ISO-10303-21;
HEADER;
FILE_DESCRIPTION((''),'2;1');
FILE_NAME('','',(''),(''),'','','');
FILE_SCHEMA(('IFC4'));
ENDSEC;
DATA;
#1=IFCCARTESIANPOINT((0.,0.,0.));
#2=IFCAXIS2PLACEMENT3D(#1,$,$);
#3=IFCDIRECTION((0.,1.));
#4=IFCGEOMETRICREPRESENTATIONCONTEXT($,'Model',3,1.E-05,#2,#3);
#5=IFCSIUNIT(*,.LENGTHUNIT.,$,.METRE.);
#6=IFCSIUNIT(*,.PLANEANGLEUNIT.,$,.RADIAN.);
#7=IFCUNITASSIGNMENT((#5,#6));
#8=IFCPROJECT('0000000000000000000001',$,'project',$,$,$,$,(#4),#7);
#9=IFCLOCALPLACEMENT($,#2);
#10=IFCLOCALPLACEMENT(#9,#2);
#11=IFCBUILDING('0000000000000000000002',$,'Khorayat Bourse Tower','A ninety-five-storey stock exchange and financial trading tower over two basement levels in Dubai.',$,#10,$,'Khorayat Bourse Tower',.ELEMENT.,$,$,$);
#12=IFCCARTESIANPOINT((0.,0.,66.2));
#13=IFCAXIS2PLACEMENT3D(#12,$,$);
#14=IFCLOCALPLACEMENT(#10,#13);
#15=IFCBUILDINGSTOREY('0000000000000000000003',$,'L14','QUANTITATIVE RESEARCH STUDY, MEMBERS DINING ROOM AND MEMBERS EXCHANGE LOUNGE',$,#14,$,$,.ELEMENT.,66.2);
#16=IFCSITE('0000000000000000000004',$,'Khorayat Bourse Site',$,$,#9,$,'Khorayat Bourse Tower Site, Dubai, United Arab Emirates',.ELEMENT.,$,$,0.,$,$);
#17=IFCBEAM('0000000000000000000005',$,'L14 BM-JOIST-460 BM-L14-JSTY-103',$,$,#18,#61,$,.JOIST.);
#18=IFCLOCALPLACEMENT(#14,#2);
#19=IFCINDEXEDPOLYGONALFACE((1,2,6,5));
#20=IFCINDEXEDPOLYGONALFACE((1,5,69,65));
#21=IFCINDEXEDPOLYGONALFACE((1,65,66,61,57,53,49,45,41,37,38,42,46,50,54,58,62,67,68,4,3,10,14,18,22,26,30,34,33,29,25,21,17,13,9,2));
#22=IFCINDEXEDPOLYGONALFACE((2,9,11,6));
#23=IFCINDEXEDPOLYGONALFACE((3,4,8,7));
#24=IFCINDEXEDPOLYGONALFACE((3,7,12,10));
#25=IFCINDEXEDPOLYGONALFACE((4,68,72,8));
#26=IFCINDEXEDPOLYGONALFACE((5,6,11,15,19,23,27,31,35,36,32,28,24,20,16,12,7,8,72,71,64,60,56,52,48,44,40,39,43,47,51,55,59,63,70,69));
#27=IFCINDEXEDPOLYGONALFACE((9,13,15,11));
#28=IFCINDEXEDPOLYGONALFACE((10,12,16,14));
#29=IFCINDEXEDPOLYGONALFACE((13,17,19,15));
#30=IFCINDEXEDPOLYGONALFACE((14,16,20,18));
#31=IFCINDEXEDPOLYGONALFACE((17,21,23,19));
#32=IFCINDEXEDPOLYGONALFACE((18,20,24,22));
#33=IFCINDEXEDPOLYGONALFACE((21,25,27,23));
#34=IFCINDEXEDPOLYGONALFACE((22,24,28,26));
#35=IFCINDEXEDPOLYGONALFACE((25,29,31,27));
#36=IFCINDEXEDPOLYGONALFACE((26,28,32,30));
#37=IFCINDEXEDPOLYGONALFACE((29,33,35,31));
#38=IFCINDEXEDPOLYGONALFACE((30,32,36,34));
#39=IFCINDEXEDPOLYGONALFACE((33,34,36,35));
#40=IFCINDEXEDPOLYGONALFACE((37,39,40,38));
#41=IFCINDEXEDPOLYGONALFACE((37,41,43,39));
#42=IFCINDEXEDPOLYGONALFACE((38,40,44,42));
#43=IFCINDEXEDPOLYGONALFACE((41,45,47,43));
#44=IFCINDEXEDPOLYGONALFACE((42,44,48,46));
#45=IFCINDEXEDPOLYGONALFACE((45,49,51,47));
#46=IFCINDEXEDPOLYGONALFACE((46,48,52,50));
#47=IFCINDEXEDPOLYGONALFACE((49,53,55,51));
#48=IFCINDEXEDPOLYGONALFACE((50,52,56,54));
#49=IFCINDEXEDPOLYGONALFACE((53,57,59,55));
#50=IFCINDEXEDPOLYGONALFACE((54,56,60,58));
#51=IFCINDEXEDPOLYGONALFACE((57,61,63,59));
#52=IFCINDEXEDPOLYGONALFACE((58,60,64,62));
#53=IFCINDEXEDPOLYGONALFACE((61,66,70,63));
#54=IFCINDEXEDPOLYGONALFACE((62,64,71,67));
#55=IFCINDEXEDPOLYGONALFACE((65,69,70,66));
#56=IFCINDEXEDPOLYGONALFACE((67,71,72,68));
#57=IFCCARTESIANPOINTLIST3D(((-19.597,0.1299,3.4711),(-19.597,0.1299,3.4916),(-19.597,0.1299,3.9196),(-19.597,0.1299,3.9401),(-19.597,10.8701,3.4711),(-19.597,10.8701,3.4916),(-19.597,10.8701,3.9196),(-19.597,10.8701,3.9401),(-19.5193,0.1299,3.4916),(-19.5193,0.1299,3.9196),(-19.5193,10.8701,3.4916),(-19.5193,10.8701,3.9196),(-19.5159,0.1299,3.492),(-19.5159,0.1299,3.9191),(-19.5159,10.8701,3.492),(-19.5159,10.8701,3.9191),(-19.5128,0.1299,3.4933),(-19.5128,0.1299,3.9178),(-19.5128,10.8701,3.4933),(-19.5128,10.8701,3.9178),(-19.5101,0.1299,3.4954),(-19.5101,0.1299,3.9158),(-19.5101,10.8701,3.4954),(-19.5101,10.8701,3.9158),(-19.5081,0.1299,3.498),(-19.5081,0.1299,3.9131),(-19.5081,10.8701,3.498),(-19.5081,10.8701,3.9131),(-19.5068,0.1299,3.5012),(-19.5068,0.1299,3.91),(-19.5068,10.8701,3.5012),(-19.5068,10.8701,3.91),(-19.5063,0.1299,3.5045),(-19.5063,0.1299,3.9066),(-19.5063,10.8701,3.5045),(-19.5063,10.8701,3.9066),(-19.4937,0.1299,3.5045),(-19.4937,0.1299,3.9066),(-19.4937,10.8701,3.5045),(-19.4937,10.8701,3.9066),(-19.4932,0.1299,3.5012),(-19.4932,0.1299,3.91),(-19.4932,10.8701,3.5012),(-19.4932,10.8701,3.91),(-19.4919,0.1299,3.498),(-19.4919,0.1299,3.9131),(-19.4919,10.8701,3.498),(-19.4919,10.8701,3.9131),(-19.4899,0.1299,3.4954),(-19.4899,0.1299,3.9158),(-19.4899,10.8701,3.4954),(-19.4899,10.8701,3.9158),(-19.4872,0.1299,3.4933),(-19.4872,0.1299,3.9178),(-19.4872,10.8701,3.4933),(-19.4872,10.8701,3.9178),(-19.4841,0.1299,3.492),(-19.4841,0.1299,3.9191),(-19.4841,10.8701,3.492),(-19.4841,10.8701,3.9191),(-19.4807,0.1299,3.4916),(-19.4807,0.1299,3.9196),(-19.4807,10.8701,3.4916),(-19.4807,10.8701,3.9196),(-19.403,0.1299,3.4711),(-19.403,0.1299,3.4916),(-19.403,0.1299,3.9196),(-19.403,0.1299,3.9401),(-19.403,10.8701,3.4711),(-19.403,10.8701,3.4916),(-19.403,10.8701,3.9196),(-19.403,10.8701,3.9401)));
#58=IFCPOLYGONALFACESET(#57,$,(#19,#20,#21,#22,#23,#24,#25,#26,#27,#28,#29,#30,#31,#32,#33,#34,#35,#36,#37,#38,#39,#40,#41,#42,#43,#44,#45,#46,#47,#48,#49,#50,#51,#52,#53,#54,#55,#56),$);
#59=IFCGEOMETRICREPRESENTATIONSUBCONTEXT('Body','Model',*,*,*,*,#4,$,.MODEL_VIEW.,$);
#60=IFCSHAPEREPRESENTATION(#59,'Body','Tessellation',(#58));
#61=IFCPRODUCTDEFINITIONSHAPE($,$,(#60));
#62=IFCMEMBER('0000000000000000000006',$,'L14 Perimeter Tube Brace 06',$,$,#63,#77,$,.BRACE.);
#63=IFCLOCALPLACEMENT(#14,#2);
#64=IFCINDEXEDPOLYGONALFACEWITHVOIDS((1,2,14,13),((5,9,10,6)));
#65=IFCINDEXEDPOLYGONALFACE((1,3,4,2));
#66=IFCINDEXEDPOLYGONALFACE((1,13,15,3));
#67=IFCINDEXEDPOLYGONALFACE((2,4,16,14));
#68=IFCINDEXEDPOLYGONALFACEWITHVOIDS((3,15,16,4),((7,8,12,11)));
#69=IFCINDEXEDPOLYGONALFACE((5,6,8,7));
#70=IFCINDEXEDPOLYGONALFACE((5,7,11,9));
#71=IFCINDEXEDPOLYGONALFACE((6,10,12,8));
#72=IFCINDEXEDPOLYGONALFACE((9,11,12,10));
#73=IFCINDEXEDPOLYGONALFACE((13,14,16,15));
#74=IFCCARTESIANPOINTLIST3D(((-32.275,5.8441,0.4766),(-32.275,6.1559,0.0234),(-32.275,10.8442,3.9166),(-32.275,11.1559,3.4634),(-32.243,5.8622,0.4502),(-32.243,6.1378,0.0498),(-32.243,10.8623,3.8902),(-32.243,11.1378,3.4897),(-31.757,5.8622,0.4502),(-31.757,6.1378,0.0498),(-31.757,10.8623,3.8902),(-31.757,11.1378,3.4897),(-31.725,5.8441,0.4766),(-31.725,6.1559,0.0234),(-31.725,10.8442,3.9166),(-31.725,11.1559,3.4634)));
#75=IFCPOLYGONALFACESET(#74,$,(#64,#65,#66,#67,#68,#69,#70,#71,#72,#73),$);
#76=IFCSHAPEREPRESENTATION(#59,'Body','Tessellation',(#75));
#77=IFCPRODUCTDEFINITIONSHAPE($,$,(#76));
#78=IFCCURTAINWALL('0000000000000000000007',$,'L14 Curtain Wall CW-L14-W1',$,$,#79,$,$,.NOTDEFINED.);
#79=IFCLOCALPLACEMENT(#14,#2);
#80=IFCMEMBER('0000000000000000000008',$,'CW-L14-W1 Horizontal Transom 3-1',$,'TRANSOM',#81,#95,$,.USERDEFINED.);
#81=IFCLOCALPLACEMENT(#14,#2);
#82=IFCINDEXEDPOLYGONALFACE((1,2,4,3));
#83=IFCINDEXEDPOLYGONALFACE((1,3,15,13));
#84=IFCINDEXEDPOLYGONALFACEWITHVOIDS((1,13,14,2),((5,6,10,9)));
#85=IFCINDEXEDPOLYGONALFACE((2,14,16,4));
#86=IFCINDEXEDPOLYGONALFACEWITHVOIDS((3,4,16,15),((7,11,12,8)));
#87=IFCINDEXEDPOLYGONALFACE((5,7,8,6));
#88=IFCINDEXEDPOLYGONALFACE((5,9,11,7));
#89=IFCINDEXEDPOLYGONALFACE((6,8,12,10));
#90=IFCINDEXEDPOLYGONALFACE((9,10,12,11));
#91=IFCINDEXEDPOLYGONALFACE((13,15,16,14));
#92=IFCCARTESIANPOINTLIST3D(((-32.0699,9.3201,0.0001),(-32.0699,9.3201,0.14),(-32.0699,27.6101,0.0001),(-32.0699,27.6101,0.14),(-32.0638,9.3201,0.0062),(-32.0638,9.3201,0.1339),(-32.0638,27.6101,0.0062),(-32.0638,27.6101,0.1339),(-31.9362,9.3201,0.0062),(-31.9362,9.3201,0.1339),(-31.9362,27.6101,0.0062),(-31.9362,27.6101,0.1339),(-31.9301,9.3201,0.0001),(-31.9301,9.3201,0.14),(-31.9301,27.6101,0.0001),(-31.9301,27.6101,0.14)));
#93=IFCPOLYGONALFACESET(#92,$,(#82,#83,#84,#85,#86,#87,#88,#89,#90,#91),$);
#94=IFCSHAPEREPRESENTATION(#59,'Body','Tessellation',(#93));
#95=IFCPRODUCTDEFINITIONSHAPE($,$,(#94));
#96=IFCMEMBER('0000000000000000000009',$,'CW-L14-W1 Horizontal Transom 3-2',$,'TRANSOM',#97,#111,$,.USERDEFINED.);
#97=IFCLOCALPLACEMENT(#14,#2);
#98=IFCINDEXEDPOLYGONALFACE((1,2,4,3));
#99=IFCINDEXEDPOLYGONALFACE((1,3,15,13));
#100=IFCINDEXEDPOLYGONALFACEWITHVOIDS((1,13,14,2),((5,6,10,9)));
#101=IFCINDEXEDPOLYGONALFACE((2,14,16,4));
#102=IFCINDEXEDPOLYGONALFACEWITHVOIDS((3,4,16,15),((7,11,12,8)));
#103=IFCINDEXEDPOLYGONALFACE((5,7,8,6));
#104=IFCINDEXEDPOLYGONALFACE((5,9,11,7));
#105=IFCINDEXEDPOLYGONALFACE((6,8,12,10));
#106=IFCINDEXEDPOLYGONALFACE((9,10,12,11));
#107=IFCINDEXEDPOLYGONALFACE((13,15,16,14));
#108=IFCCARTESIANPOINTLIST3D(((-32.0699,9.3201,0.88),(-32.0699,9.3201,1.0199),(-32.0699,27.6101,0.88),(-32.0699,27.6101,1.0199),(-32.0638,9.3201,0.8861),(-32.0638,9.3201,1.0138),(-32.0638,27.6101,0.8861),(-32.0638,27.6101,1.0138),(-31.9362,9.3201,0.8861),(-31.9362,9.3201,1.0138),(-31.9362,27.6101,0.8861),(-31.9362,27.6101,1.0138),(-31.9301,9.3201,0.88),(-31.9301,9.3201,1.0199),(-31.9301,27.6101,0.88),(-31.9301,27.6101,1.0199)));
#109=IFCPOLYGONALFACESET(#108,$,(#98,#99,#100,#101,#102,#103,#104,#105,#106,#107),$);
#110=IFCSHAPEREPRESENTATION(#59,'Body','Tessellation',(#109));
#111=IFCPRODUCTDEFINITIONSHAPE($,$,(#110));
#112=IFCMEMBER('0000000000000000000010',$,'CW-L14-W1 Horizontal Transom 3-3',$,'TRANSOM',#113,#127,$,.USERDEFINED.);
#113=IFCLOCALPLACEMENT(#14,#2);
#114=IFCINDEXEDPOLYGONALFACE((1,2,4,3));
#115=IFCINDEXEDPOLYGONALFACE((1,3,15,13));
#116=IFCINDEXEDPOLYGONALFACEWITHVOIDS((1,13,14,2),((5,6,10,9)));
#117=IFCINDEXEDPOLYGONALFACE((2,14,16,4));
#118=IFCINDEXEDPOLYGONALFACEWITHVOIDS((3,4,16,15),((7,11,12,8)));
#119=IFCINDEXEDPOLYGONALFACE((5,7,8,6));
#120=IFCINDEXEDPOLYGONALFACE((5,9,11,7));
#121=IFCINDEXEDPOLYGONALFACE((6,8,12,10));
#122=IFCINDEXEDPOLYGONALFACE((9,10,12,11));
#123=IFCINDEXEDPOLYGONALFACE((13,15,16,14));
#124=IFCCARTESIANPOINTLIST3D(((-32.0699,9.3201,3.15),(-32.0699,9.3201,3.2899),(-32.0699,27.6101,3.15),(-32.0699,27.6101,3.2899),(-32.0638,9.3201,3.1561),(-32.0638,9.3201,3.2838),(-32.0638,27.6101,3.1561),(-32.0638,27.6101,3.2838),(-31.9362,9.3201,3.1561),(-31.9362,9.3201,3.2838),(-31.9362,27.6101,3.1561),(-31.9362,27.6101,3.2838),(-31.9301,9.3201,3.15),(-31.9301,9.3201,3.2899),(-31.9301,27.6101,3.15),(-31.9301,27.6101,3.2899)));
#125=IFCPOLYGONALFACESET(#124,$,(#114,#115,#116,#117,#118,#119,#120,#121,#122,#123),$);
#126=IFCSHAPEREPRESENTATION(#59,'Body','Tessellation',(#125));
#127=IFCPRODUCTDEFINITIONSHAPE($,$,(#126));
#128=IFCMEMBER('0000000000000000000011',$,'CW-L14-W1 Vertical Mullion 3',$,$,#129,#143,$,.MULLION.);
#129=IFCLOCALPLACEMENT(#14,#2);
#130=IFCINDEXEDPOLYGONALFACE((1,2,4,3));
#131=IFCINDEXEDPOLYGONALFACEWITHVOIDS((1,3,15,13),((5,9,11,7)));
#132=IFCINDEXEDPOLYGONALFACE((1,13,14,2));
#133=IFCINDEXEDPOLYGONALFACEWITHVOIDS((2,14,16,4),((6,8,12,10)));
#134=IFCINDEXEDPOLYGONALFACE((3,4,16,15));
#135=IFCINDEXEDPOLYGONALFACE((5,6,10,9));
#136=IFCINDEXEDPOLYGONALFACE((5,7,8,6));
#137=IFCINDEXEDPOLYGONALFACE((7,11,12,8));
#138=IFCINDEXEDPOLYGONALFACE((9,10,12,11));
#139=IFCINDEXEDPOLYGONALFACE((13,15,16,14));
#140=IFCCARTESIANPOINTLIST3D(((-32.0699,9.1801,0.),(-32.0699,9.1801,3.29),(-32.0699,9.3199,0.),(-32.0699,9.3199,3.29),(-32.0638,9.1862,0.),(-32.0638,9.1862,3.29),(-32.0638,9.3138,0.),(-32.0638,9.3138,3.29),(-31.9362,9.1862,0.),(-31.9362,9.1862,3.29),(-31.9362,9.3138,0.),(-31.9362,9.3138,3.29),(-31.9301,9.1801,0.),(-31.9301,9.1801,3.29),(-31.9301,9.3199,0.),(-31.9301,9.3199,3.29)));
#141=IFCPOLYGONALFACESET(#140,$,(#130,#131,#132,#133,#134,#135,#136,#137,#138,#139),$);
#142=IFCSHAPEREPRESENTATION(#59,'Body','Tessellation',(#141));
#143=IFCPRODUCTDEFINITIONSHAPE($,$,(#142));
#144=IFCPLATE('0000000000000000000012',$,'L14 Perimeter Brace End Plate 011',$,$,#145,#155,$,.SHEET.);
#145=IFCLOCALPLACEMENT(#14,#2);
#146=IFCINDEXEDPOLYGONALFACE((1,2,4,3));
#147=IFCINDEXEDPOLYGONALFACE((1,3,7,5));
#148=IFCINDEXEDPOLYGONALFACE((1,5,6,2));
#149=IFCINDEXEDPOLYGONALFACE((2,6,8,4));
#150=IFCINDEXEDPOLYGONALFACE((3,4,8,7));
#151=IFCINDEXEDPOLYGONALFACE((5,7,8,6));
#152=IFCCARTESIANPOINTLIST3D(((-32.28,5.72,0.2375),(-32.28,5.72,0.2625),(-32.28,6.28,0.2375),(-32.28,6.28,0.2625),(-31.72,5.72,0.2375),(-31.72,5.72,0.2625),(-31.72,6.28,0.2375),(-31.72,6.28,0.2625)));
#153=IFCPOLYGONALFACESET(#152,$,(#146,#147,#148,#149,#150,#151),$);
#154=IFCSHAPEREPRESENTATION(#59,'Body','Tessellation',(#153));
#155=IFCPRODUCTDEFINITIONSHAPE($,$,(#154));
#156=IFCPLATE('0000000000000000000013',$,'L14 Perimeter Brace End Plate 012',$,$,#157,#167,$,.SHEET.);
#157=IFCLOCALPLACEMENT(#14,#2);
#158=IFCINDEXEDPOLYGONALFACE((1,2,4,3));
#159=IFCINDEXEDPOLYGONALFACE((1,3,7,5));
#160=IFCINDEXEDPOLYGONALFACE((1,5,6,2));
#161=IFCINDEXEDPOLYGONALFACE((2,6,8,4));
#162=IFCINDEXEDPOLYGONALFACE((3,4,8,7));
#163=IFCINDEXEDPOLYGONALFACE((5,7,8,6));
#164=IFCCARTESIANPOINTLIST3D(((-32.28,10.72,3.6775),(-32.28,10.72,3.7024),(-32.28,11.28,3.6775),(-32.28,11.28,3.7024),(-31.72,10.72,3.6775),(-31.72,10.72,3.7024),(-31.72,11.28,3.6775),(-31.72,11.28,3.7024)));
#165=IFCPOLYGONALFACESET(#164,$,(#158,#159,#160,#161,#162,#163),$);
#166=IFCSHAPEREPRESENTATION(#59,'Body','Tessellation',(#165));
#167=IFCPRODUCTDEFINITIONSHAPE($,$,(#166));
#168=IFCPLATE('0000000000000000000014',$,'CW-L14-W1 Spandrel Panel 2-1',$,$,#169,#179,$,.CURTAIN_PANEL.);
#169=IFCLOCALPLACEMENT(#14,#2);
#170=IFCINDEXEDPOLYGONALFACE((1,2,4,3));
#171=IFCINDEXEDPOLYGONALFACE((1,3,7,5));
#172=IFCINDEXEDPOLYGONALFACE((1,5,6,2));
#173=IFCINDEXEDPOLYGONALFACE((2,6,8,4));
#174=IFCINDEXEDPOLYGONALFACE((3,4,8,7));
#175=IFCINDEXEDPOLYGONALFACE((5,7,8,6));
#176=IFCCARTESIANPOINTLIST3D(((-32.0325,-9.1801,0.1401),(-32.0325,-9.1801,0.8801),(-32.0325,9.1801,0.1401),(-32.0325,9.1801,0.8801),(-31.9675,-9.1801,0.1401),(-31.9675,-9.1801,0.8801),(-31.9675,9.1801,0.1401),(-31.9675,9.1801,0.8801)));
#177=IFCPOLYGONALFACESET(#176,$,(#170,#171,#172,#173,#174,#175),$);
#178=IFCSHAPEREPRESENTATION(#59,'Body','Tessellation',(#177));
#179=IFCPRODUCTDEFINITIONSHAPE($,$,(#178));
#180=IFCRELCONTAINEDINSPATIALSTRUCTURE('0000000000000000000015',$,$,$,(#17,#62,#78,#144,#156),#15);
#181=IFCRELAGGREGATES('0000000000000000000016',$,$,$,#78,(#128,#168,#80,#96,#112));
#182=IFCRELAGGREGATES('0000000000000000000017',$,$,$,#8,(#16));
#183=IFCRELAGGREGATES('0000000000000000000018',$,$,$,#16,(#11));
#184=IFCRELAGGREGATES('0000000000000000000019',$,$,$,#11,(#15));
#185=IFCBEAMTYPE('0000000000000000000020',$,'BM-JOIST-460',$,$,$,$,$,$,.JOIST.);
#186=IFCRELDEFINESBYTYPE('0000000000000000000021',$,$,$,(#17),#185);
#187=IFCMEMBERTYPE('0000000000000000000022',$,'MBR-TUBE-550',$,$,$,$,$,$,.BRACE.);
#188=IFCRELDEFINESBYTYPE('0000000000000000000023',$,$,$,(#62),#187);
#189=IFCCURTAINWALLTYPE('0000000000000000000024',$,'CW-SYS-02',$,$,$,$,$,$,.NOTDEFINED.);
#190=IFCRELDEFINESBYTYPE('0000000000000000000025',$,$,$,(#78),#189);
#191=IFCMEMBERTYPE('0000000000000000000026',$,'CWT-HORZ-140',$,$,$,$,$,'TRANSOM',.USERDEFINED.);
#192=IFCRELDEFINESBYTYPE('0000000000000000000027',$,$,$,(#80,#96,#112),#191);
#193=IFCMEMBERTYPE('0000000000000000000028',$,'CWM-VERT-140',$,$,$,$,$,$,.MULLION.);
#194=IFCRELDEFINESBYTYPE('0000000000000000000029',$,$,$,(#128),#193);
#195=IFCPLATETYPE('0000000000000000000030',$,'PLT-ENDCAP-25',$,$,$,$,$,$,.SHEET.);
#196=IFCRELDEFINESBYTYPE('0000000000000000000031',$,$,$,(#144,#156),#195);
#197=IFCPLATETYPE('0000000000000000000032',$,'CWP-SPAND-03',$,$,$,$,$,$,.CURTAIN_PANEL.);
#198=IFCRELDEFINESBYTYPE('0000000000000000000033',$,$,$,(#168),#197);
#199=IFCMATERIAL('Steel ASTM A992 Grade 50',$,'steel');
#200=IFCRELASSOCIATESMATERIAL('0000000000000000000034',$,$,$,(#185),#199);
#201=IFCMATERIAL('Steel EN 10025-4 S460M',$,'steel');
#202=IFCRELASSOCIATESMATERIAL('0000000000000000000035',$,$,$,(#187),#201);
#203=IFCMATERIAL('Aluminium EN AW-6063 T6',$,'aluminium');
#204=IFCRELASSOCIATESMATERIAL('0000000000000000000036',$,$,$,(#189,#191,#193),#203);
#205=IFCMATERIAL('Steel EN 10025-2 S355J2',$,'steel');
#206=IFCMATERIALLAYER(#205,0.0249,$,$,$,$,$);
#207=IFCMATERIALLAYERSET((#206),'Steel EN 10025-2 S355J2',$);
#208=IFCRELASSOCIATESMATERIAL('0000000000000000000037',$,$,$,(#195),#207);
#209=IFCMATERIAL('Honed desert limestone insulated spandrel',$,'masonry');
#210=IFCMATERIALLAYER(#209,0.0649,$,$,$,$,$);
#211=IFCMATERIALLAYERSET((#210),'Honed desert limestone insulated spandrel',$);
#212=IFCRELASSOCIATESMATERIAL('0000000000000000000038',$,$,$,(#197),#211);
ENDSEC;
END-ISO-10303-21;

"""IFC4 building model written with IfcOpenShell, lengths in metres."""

from ifc_helpers import new_model, si_unit, direction, frame, origin, origin_2d, place, context, subcontext, project, spatial, rectangle, hollow_rectangle, i_section, extrude, source, transform, mapped, material, layer, layer_set, material_profile, profile_set, type_object, element, aggregate, save


model = new_model("IFC4")

# Units and contexts
model_context = context("Model", 3, precision=1e-05, world=origin(), true_north=direction((0.0, 1.0)))
body_context = subcontext(model_context, "Body", "Model", "MODEL_VIEW")
ifc_project = project(units=[si_unit("LENGTHUNIT", "METRE"), si_unit("PLANEANGLEUNIT", "RADIAN")], contexts=[model_context])

# Site, building, storey
site_placement = place(None, origin())
site = spatial("IfcSite", under=ifc_project, at=site_placement, Name="Khorayat Bourse Site", LongName="Khorayat Bourse Tower Site, Dubai, United Arab Emirates", CompositionType="ELEMENT", RefElevation=0.0)
building_placement = place(site_placement, origin())
building = spatial("IfcBuilding", under=site, at=building_placement, Name="Khorayat Bourse Tower", Description="A ninety-five-storey stock exchange and financial trading tower over two basement levels in Dubai.", LongName="Khorayat Bourse Tower", CompositionType="ELEMENT")
storey_placement = place(building_placement, frame((0.0, 0.0, 66.2)))
storey = spatial("IfcBuildingStorey", under=building, at=storey_placement, Name="L14", Description="QUANTITATIVE RESEARCH STUDY, MEMBERS DINING ROOM AND MEMBERS EXCHANGE LOUNGE", CompositionType="ELEMENT", Elevation=66.2)

# Shared definitions
ifc_material_1 = material(Name="Steel EN 10025-4 S460M", Category="steel")

# Beam
ifc_material_2 = material(Name="Steel ASTM A992 Grade 50", Category="steel")
ifc_material_profile_1 = material_profile(ifc_material_2, i_section(OverallWidth=0.1941, OverallDepth=0.469, WebThickness=0.0127, FlangeThickness=0.0205, FilletRadius=0.0129, at=origin_2d()), Name="W460X106")
ifc_profile_set_1 = profile_set([ifc_material_profile_1], Name="Steel ASTM A992 Grade 50")
beam_type_1 = type_object("IfcBeamType", Name="BM-JOIST-460", PredefinedType="JOIST", material=ifc_profile_set_1)
shared_shape_1 = source(origin(), body_context, "Body", "SweptSolid", [
    extrude(i_section(OverallWidth=0.1941, OverallDepth=0.469, WebThickness=0.0127, FlangeThickness=0.0205, FilletRadius=0.0129, at=origin_2d()), origin(), (0.0, 0.0, 1.0), 10.7402),
])
beam_1_placement = place(storey_placement, frame((-19.5, 0.1299, 3.7056), z_axis=(0.0, 1.0, 0.0), x_axis=(-1.0, 0.0, 0.0)))
element("IfcBeam", 1, at=beam_1_placement, inside=storey, type_object=beam_type_1, Name="L14 BM-JOIST-460 BM-L14-JSTY-103", PredefinedType="JOIST", context=body_context, shape_type="MappedRepresentation", body=[
    mapped(shared_shape_1, transform((0.0, 0.0, 0.0), scale=1.0)),
])

# Member
ifc_material_profile_2 = material_profile(ifc_material_1, hollow_rectangle(XDim=0.55, YDim=0.55, WallThickness=0.032, at=origin_2d()), Name="HSS 550x550x32")
ifc_profile_set_2 = profile_set([ifc_material_profile_2], Name="Steel EN 10025-4 S460M")
member_type_1 = type_object("IfcMemberType", Name="MBR-TUBE-550", PredefinedType="BRACE", material=ifc_profile_set_2)
shared_shape_2 = source(origin(), body_context, "Body", "SweptSolid", [
    extrude(hollow_rectangle(XDim=0.55, YDim=0.55, WallThickness=0.032, at=origin_2d()), origin(), (0.0, 0.0, 1.0), 6.0691),
])
member_1_placement = place(storey_placement, frame((-32.0, 6.0, 0.25), z_axis=(0.0, 0.823854, 0.566802), x_axis=(-1.0, 0.0, 0.0)))
element("IfcMember", 2, at=member_1_placement, inside=storey, type_object=member_type_1, Name="L14 Perimeter Tube Brace 06", PredefinedType="BRACE", context=body_context, shape_type="MappedRepresentation", body=[
    mapped(shared_shape_2, transform((0.0, 0.0, 0.0), scale=1.0)),
])

# Curtain wall, members
ifc_material_3 = material(Name="Aluminium EN AW-6063 T6", Category="aluminium")
curtain_wall_type = type_object("IfcCurtainWallType", Name="CW-SYS-02", PredefinedType="NOTDEFINED", material=ifc_material_3)
curtain_wall_placement = place(storey_placement, origin())
curtain_wall = element("IfcCurtainWall", 3, at=curtain_wall_placement, inside=storey, type_object=curtain_wall_type, Name="L14 Curtain Wall CW-L14-W1", PredefinedType="NOTDEFINED")
ifc_material_profile_3 = material_profile(ifc_material_3, hollow_rectangle(XDim=0.1399, YDim=0.1399, WallThickness=0.0061, at=origin_2d()), Name="ALU 140x140x6")
ifc_profile_set_3 = profile_set([ifc_material_profile_3], Name="Aluminium EN AW-6063 T6")
member_type_2 = type_object("IfcMemberType", Name="CWT-HORZ-140", ElementType="TRANSOM", PredefinedType="USERDEFINED", material=ifc_profile_set_3)
shared_shape_3 = source(origin(), body_context, "Body", "SweptSolid", [
    extrude(hollow_rectangle(XDim=0.1399, YDim=0.1399, WallThickness=0.0061, at=origin_2d()), origin(), (0.0, 0.0, 1.0), 18.29),
])
member_2_placement = place(storey_placement, frame((-32.0, 9.3201, 0.0701), z_axis=(0.0, 1.0, 0.0), x_axis=(-1.0, 0.0, 0.0)))
member_2 = element("IfcMember", 4, at=member_2_placement, type_object=member_type_2, Name="CW-L14-W1 Horizontal Transom 3-1", ObjectType="TRANSOM", PredefinedType="USERDEFINED", context=body_context, shape_type="MappedRepresentation", body=[
    mapped(shared_shape_3, transform((0.0, 0.0, 0.0), scale=1.0)),
])
member_3_placement = place(storey_placement, frame((-32.0, 9.3201, 0.95), z_axis=(0.0, 1.0, 0.0), x_axis=(-1.0, 0.0, 0.0)))
member_3 = element("IfcMember", 5, at=member_3_placement, type_object=member_type_2, Name="CW-L14-W1 Horizontal Transom 3-2", ObjectType="TRANSOM", PredefinedType="USERDEFINED", context=body_context, shape_type="MappedRepresentation", body=[
    mapped(shared_shape_3, transform((0.0, 0.0, 0.0), scale=1.0)),
])
member_4_placement = place(storey_placement, frame((-32.0, 9.3201, 3.22), z_axis=(0.0, 1.0, 0.0), x_axis=(-1.0, 0.0, 0.0)))
member_4 = element("IfcMember", 6, at=member_4_placement, type_object=member_type_2, Name="CW-L14-W1 Horizontal Transom 3-3", ObjectType="TRANSOM", PredefinedType="USERDEFINED", context=body_context, shape_type="MappedRepresentation", body=[
    mapped(shared_shape_3, transform((0.0, 0.0, 0.0), scale=1.0)),
])
ifc_material_profile_4 = material_profile(ifc_material_3, hollow_rectangle(XDim=0.1399, YDim=0.1399, WallThickness=0.0061, at=origin_2d()), Name="ALU 140x140x6")
ifc_profile_set_4 = profile_set([ifc_material_profile_4], Name="Aluminium EN AW-6063 T6")
member_type_3 = type_object("IfcMemberType", Name="CWM-VERT-140", PredefinedType="MULLION", material=ifc_profile_set_4)
shared_shape_4 = source(origin(), body_context, "Body", "SweptSolid", [
    extrude(hollow_rectangle(XDim=0.1399, YDim=0.1399, WallThickness=0.0061, at=origin_2d()), origin(), (0.0, 0.0, 1.0), 3.29),
])
member_5_placement = place(storey_placement, frame((-32.0, 9.25, 0.0), z_axis=(0.0, 0.0, 1.0), x_axis=(-1.0, 0.0, 0.0)))
member_5 = element("IfcMember", 7, at=member_5_placement, type_object=member_type_3, Name="CW-L14-W1 Vertical Mullion 3", PredefinedType="MULLION", context=body_context, shape_type="MappedRepresentation", body=[
    mapped(shared_shape_4, transform((0.0, 0.0, 0.0), scale=1.0)),
])

# Plates
ifc_material_4 = material(Name="Steel EN 10025-2 S355J2", Category="steel")
ifc_layer_1 = layer(ifc_material_4, 0.0249)
ifc_layer_set_1 = layer_set([ifc_layer_1], Name="Steel EN 10025-2 S355J2")
plate_type_1 = type_object("IfcPlateType", Name="PLT-ENDCAP-25", PredefinedType="SHEET", material=ifc_layer_set_1)
shared_shape_5 = source(origin(), body_context, "Body", "SweptSolid", [
    extrude(rectangle(XDim=0.5601, YDim=0.5601, at=origin_2d()), origin(), (0.0, 0.0, 1.0), 0.0249),
])
for number, where, z_axis, x_axis, name in (
    (8, (-32.0, 6.0, 0.2375), (0.0, 0.0, 1.0), (1.0, 0.0, 0.0), "L14 Perimeter Brace End Plate 011"),
    (9, (-32.0, 11.0, 3.6775), (0.0, 0.0, 1.0), (1.0, 0.0, 0.0), "L14 Perimeter Brace End Plate 012"),
):
    element("IfcPlate", number, at=place(storey_placement, frame(where, z_axis=z_axis, x_axis=x_axis)), inside=storey, type_object=plate_type_1, Name=name, PredefinedType="SHEET", context=body_context, shape_type="MappedRepresentation", body=[
        mapped(shared_shape_5, transform((0.0, 0.0, 0.0), scale=1.0)),
    ])

# Plate
ifc_material_5 = material(Name="Honed desert limestone insulated spandrel", Category="masonry")
ifc_layer_2 = layer(ifc_material_5, 0.0649)
ifc_layer_set_2 = layer_set([ifc_layer_2], Name="Honed desert limestone insulated spandrel")
plate_type_2 = type_object("IfcPlateType", Name="CWP-SPAND-03", PredefinedType="CURTAIN_PANEL", material=ifc_layer_set_2)
shared_shape_6 = source(origin(), body_context, "Body", "SweptSolid", [
    extrude(rectangle(XDim=18.3601, YDim=0.0649, at=origin_2d()), origin(), (0.0, 0.0, 1.0), 0.74),
])
plate_1_placement = place(storey_placement, frame((-32.0, 0.0, 0.1401), z_axis=(0.0, 0.0, 1.0), x_axis=(0.0, 1.0, 0.0)))
plate_1 = element("IfcPlate", 10, at=plate_1_placement, type_object=plate_type_2, Name="CW-L14-W1 Spandrel Panel 2-1", PredefinedType="CURTAIN_PANEL", context=body_context, shape_type="MappedRepresentation", body=[
    mapped(shared_shape_6, transform((0.0, 0.0, 0.0), scale=1.0)),
])
aggregate(curtain_wall, [member_5, plate_1, member_2, member_3, member_4])

save(model, "model.ifc")
